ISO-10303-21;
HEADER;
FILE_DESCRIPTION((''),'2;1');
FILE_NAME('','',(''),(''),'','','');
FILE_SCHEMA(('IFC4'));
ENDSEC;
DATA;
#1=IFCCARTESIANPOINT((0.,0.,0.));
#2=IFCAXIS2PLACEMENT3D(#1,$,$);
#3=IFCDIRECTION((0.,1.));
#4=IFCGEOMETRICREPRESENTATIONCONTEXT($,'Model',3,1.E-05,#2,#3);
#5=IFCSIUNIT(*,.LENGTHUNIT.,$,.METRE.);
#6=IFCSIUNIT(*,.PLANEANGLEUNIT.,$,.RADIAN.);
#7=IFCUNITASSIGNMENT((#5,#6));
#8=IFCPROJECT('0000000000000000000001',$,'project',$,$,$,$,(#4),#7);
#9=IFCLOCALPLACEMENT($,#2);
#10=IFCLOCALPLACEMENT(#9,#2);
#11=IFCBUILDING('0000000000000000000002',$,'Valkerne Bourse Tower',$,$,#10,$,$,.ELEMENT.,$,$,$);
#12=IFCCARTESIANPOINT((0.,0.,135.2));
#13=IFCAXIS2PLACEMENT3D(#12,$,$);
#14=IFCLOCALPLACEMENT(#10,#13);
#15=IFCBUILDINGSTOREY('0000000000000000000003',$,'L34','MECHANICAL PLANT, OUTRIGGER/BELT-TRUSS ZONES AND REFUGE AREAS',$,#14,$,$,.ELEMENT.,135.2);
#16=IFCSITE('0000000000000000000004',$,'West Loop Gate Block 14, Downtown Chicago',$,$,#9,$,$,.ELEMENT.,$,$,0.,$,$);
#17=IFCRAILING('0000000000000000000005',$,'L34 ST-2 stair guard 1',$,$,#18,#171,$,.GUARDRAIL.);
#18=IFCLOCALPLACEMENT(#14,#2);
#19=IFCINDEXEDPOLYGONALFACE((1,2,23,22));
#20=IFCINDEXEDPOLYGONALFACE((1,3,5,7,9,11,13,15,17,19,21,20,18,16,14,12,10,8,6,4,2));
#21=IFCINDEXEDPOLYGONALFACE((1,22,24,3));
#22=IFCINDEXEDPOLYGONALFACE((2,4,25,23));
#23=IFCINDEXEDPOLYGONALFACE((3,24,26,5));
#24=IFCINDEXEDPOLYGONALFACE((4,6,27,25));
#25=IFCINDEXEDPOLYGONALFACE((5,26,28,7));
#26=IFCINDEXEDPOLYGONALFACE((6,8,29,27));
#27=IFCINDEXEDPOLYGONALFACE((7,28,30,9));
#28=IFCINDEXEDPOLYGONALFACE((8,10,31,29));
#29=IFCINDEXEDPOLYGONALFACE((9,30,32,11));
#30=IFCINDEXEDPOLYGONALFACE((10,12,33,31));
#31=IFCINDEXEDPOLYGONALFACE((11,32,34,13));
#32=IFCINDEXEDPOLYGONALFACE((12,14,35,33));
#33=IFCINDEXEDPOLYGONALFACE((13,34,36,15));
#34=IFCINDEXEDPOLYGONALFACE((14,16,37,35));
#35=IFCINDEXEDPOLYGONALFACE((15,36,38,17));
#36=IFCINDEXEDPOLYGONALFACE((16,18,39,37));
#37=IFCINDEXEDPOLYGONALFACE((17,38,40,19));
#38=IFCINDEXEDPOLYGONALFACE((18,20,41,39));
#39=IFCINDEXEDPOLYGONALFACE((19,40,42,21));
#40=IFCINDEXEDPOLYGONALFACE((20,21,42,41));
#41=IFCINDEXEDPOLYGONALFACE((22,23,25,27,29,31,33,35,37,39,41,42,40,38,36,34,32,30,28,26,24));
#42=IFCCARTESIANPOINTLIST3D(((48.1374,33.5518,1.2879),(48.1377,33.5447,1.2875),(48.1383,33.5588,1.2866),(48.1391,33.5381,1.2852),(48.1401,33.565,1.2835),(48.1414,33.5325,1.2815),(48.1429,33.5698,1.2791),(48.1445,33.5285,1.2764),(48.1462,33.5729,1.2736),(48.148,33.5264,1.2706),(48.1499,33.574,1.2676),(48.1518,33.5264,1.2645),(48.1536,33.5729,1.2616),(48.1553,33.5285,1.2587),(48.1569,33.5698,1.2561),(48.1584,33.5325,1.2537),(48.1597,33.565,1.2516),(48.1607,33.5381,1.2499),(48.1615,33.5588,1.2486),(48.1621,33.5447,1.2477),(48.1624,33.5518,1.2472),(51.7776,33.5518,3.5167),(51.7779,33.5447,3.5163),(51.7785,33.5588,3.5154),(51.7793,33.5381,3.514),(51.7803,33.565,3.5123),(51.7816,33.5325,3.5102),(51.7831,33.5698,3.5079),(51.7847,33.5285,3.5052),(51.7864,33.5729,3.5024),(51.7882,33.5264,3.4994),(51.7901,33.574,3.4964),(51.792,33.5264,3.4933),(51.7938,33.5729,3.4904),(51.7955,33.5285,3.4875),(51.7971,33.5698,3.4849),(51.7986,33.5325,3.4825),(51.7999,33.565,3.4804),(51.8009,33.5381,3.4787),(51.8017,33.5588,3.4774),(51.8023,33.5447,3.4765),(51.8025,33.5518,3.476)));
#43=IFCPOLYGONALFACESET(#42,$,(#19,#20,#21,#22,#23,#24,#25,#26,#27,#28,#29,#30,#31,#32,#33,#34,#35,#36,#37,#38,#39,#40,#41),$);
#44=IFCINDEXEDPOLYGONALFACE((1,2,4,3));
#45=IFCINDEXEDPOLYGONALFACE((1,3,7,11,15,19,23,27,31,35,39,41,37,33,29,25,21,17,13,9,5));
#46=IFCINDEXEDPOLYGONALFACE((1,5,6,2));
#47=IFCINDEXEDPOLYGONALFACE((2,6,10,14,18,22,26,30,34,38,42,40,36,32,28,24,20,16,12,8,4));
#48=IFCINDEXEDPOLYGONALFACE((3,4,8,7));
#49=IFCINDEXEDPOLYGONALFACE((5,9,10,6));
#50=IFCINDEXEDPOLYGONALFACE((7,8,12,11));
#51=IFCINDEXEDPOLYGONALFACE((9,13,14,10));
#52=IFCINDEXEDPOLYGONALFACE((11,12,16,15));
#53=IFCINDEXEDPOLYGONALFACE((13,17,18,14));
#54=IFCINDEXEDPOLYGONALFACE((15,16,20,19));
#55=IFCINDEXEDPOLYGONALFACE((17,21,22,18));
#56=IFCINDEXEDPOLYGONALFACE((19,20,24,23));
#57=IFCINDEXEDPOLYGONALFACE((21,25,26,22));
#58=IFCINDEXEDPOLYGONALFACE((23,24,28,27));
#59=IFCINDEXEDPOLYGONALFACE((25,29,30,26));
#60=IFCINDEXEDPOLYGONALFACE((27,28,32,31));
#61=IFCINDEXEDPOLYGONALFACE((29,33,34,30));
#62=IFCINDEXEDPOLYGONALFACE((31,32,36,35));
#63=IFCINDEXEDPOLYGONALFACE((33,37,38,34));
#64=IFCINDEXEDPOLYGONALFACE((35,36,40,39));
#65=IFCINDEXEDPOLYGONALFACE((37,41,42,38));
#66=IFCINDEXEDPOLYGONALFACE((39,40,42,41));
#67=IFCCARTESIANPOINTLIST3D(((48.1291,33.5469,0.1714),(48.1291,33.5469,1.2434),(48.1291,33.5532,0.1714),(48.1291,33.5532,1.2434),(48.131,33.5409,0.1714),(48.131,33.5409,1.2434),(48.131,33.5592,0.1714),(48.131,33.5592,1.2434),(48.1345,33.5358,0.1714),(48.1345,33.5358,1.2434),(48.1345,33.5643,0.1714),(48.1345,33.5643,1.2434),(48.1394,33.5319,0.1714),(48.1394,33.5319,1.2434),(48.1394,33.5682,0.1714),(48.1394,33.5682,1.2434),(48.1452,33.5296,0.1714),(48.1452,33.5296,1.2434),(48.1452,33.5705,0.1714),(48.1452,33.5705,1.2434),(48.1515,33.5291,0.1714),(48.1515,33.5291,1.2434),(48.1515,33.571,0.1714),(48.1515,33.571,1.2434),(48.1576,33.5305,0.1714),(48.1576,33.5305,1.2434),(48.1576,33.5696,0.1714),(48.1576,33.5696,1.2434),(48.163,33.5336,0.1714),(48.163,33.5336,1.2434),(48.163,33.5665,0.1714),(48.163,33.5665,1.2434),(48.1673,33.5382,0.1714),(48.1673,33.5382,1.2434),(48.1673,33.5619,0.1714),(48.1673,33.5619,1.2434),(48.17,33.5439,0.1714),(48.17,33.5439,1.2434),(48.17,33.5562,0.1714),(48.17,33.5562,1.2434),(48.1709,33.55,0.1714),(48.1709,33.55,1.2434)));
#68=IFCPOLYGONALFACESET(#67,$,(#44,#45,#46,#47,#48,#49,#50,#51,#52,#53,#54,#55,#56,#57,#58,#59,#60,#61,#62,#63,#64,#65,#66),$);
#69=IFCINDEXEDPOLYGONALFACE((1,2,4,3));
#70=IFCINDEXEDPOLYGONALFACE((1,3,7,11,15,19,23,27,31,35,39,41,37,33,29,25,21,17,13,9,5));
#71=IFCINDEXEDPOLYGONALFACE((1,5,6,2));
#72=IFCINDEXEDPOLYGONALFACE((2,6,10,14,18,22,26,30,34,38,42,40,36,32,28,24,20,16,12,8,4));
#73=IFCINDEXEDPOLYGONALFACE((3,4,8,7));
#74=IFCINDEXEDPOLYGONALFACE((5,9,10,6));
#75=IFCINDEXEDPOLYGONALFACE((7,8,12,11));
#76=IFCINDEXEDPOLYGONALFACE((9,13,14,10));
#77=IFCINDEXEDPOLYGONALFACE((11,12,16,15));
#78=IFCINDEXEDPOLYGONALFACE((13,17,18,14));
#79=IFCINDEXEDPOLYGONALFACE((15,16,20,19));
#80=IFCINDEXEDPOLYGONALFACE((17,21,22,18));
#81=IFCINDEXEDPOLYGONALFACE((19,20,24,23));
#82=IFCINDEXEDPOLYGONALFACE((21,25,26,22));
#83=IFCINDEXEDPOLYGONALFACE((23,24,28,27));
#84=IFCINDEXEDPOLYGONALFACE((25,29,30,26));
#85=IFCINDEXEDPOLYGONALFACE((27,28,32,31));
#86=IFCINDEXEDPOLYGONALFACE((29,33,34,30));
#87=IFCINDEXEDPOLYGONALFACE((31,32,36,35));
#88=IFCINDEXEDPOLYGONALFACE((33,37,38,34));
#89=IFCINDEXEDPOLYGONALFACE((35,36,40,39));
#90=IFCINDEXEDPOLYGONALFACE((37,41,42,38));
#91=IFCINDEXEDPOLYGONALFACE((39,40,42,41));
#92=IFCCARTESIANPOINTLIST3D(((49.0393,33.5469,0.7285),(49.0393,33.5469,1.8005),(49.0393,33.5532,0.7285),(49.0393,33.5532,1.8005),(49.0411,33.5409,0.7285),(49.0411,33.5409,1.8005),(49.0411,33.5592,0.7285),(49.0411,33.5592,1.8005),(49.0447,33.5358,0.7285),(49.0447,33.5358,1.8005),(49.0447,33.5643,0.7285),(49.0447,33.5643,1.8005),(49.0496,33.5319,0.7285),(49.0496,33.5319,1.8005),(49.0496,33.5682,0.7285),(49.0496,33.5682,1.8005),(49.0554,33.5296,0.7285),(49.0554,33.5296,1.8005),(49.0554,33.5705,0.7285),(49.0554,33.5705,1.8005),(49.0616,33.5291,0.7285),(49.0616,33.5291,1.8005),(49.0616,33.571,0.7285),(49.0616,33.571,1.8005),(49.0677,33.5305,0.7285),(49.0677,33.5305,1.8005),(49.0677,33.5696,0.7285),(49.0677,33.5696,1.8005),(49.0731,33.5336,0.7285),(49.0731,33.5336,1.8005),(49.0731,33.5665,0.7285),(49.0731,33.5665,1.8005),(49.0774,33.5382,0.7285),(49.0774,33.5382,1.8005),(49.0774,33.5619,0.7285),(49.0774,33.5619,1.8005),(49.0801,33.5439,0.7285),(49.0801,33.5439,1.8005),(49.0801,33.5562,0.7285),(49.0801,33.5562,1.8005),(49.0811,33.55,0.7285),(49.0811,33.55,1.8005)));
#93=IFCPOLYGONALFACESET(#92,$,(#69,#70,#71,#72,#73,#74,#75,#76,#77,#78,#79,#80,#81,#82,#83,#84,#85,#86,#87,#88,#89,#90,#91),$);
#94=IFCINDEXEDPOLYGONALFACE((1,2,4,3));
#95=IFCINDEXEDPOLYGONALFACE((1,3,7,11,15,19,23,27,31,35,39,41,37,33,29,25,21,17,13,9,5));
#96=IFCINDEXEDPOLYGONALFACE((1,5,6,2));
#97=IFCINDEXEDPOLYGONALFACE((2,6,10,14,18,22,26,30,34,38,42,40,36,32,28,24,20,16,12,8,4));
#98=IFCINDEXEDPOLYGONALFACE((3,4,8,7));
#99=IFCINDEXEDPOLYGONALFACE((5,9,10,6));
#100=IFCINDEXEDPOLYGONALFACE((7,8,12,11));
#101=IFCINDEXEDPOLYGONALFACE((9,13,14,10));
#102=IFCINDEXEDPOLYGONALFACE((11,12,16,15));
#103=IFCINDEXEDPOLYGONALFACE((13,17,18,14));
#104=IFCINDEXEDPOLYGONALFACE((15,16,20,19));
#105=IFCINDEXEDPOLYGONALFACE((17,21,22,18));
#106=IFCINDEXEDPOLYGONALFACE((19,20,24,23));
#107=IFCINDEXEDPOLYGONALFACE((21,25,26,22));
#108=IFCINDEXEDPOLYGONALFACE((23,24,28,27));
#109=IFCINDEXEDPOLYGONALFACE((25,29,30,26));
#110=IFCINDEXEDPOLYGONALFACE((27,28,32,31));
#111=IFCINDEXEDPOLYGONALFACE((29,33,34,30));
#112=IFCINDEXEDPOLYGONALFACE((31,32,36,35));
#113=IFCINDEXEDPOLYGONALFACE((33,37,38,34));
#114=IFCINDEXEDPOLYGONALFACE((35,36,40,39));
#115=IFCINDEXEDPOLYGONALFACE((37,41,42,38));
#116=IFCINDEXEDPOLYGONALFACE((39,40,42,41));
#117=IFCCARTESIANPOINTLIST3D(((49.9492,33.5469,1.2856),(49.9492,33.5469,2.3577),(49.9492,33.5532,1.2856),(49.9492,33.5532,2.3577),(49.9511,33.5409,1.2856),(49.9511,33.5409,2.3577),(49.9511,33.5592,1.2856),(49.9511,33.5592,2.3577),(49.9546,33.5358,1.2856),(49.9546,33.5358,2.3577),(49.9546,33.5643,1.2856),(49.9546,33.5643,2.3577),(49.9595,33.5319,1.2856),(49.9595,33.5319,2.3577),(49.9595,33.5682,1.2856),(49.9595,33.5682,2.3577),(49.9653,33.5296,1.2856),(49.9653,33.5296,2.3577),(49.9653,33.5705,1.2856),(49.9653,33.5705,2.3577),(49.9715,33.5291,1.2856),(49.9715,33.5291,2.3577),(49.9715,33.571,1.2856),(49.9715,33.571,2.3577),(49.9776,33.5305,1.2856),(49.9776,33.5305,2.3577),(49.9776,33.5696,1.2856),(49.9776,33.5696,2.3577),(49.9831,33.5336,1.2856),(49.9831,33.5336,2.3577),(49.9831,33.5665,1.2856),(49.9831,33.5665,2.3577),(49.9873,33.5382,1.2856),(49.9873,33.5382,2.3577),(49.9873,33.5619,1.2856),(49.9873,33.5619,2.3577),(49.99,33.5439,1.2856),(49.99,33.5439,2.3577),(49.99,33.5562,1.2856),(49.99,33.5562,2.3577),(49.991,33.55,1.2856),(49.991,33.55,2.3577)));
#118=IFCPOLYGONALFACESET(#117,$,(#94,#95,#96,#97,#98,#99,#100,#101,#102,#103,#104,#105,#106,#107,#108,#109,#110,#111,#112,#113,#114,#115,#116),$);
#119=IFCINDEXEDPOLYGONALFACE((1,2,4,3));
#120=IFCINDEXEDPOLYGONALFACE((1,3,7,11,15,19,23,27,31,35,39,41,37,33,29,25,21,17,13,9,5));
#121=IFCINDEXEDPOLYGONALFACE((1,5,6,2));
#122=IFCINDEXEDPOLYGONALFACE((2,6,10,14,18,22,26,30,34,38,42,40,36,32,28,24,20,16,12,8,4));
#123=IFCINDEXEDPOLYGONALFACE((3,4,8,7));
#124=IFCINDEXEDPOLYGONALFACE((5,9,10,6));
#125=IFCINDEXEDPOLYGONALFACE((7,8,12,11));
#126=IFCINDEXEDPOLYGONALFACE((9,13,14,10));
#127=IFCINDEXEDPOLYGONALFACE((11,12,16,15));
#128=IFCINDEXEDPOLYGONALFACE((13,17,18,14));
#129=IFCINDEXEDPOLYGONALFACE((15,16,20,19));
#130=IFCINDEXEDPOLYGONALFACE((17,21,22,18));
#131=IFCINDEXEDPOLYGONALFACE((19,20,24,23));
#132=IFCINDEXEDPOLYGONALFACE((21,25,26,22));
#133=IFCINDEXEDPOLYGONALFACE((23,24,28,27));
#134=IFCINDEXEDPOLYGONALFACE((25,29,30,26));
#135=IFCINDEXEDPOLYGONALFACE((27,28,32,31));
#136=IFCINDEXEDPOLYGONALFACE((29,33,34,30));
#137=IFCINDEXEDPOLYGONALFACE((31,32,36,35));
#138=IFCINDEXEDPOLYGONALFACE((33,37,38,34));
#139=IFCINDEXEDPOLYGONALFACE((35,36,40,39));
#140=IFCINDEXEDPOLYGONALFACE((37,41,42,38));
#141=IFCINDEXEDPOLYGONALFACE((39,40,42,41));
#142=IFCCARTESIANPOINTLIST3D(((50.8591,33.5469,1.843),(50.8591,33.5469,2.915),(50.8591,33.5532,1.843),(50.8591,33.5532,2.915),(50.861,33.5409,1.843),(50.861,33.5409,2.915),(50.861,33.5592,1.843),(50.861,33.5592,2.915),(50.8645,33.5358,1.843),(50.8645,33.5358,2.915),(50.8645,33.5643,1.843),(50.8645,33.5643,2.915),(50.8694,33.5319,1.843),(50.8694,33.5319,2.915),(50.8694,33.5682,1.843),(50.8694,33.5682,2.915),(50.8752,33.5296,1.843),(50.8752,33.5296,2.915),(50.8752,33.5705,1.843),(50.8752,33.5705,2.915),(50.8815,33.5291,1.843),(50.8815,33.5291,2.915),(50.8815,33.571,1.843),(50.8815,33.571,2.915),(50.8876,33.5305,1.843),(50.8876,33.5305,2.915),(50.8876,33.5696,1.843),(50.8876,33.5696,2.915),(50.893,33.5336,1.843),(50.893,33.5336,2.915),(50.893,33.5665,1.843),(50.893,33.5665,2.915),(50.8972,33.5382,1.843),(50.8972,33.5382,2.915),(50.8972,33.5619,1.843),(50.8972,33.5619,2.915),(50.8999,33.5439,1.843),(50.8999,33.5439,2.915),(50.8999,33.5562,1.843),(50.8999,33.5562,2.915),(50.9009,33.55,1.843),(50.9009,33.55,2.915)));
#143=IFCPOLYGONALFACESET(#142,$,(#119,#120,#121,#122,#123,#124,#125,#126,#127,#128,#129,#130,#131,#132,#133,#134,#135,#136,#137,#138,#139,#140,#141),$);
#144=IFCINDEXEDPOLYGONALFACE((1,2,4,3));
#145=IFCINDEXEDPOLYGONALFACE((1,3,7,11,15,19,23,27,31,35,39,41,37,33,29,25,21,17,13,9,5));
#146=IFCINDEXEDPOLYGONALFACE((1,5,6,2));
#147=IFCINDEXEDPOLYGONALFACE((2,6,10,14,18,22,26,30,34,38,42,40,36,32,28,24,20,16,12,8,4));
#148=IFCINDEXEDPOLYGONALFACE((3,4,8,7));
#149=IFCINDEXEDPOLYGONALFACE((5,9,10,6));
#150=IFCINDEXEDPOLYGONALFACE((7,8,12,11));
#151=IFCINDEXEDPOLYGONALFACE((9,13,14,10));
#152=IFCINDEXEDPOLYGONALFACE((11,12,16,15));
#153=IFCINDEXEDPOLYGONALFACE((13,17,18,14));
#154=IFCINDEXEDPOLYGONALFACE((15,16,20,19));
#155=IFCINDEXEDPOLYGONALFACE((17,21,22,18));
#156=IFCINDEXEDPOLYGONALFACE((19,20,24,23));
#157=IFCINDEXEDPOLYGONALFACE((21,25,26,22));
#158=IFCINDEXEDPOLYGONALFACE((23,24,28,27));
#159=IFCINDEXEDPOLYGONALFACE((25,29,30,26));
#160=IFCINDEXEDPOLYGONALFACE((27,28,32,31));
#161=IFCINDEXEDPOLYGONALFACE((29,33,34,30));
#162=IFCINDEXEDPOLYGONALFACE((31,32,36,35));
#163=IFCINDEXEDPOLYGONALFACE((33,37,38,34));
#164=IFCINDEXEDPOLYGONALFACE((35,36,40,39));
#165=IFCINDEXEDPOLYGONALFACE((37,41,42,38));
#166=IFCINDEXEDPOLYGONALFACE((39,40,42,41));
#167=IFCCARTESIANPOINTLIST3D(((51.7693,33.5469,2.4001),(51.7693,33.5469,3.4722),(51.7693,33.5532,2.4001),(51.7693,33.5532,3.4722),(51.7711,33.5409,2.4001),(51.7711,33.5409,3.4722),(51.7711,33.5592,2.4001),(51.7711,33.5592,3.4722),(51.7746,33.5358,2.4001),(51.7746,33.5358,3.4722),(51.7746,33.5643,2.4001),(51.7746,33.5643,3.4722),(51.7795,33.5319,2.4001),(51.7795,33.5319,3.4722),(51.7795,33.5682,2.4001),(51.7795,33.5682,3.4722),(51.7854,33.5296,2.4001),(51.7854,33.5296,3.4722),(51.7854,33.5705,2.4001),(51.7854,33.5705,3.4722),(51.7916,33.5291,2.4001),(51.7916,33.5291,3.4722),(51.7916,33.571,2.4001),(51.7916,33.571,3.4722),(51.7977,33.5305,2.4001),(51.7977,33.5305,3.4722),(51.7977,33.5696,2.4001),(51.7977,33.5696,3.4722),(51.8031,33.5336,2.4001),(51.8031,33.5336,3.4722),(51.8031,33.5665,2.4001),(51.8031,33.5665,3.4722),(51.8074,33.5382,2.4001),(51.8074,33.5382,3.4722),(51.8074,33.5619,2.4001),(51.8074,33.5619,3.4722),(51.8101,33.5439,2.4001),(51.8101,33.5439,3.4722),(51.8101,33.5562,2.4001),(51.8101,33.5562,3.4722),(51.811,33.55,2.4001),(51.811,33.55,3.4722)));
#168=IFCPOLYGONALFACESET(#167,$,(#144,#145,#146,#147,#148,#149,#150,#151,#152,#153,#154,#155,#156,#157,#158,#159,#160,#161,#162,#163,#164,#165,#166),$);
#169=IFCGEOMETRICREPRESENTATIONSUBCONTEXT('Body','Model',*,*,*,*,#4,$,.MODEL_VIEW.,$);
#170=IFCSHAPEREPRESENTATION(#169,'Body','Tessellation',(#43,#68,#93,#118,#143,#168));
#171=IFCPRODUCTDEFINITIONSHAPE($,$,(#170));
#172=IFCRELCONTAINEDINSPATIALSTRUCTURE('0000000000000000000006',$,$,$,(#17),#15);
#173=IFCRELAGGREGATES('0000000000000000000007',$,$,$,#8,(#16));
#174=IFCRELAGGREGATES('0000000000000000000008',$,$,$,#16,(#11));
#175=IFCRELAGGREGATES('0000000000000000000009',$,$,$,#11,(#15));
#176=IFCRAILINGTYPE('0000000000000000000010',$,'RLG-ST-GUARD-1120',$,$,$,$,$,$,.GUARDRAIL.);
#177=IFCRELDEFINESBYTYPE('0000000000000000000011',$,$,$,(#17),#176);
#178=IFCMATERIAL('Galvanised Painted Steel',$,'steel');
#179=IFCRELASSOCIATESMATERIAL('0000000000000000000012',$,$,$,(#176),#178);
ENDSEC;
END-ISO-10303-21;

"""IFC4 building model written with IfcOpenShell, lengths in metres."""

from ifc_helpers import new_model, si_unit, direction, frame, origin, origin_2d, place, context, subcontext, project, spatial, circle, extrude, material, type_object, element, save


model = new_model("IFC4")

# Units and contexts
model_context = context("Model", 3, precision=1e-05, world=origin(), true_north=direction((0.0, 1.0)))
body_context = subcontext(model_context, "Body", "Model", "MODEL_VIEW")
ifc_project = project(units=[si_unit("LENGTHUNIT", "METRE"), si_unit("PLANEANGLEUNIT", "RADIAN")], contexts=[model_context])

# Site, building, storey
site_placement = place(None, origin())
site = spatial("IfcSite", under=ifc_project, at=site_placement, Name="West Loop Gate Block 14, Downtown Chicago", CompositionType="ELEMENT", RefElevation=0.0)
building_placement = place(site_placement, origin())
building = spatial("IfcBuilding", under=site, at=building_placement, Name="Valkerne Bourse Tower", CompositionType="ELEMENT")
storey_placement = place(building_placement, frame((0.0, 0.0, 135.2)))
storey = spatial("IfcBuildingStorey", under=building, at=storey_placement, Name="L34", Description="MECHANICAL PLANT, OUTRIGGER/BELT-TRUSS ZONES AND REFUGE AREAS", CompositionType="ELEMENT", Elevation=135.2)

# Shared definitions
ifc_material_1 = material(Name="Galvanised Painted Steel", Category="steel")

# Railing
railing_type_1 = type_object("IfcRailingType", Name="RLG-ST-GUARD-1120", PredefinedType="GUARDRAIL", material=ifc_material_1)
railing_1_placement = place(storey_placement, frame((48.1499, 33.55, 0.1714)))
element("IfcRailing", 1, at=railing_1_placement, inside=storey, type_object=railing_type_1, Name="L34 ST-2 stair guard 1", PredefinedType="GUARDRAIL", context=body_context, shape_type="SweptSolid", body=[
    extrude(circle(Radius=0.0239, at=origin_2d()), frame((0.0, 0.0, 1.0962), z_axis=(0.85284, 0.0, 0.522172), x_axis=(0.0, 1.0, 0.0)), (0.0, 0.0, 1.0), 4.2683),
    extrude(circle(Radius=0.021, at=origin_2d()), origin(), (0.0, 0.0, 1.0), 1.072),
    extrude(circle(Radius=0.021, at=origin_2d()), frame((0.9102, 0.0, 0.5571)), (0.0, 0.0, 1.0), 1.072),
    extrude(circle(Radius=0.021, at=origin_2d()), frame((1.8201, 0.0, 1.1143)), (0.0, 0.0, 1.0), 1.072),
    extrude(circle(Radius=0.021, at=origin_2d()), frame((2.73, 0.0, 1.6716)), (0.0, 0.0, 1.0), 1.072),
    extrude(circle(Radius=0.021, at=origin_2d()), frame((3.6401, 0.0, 2.2288)), (0.0, 0.0, 1.0), 1.072),
])

save(model, "model.ifc")
